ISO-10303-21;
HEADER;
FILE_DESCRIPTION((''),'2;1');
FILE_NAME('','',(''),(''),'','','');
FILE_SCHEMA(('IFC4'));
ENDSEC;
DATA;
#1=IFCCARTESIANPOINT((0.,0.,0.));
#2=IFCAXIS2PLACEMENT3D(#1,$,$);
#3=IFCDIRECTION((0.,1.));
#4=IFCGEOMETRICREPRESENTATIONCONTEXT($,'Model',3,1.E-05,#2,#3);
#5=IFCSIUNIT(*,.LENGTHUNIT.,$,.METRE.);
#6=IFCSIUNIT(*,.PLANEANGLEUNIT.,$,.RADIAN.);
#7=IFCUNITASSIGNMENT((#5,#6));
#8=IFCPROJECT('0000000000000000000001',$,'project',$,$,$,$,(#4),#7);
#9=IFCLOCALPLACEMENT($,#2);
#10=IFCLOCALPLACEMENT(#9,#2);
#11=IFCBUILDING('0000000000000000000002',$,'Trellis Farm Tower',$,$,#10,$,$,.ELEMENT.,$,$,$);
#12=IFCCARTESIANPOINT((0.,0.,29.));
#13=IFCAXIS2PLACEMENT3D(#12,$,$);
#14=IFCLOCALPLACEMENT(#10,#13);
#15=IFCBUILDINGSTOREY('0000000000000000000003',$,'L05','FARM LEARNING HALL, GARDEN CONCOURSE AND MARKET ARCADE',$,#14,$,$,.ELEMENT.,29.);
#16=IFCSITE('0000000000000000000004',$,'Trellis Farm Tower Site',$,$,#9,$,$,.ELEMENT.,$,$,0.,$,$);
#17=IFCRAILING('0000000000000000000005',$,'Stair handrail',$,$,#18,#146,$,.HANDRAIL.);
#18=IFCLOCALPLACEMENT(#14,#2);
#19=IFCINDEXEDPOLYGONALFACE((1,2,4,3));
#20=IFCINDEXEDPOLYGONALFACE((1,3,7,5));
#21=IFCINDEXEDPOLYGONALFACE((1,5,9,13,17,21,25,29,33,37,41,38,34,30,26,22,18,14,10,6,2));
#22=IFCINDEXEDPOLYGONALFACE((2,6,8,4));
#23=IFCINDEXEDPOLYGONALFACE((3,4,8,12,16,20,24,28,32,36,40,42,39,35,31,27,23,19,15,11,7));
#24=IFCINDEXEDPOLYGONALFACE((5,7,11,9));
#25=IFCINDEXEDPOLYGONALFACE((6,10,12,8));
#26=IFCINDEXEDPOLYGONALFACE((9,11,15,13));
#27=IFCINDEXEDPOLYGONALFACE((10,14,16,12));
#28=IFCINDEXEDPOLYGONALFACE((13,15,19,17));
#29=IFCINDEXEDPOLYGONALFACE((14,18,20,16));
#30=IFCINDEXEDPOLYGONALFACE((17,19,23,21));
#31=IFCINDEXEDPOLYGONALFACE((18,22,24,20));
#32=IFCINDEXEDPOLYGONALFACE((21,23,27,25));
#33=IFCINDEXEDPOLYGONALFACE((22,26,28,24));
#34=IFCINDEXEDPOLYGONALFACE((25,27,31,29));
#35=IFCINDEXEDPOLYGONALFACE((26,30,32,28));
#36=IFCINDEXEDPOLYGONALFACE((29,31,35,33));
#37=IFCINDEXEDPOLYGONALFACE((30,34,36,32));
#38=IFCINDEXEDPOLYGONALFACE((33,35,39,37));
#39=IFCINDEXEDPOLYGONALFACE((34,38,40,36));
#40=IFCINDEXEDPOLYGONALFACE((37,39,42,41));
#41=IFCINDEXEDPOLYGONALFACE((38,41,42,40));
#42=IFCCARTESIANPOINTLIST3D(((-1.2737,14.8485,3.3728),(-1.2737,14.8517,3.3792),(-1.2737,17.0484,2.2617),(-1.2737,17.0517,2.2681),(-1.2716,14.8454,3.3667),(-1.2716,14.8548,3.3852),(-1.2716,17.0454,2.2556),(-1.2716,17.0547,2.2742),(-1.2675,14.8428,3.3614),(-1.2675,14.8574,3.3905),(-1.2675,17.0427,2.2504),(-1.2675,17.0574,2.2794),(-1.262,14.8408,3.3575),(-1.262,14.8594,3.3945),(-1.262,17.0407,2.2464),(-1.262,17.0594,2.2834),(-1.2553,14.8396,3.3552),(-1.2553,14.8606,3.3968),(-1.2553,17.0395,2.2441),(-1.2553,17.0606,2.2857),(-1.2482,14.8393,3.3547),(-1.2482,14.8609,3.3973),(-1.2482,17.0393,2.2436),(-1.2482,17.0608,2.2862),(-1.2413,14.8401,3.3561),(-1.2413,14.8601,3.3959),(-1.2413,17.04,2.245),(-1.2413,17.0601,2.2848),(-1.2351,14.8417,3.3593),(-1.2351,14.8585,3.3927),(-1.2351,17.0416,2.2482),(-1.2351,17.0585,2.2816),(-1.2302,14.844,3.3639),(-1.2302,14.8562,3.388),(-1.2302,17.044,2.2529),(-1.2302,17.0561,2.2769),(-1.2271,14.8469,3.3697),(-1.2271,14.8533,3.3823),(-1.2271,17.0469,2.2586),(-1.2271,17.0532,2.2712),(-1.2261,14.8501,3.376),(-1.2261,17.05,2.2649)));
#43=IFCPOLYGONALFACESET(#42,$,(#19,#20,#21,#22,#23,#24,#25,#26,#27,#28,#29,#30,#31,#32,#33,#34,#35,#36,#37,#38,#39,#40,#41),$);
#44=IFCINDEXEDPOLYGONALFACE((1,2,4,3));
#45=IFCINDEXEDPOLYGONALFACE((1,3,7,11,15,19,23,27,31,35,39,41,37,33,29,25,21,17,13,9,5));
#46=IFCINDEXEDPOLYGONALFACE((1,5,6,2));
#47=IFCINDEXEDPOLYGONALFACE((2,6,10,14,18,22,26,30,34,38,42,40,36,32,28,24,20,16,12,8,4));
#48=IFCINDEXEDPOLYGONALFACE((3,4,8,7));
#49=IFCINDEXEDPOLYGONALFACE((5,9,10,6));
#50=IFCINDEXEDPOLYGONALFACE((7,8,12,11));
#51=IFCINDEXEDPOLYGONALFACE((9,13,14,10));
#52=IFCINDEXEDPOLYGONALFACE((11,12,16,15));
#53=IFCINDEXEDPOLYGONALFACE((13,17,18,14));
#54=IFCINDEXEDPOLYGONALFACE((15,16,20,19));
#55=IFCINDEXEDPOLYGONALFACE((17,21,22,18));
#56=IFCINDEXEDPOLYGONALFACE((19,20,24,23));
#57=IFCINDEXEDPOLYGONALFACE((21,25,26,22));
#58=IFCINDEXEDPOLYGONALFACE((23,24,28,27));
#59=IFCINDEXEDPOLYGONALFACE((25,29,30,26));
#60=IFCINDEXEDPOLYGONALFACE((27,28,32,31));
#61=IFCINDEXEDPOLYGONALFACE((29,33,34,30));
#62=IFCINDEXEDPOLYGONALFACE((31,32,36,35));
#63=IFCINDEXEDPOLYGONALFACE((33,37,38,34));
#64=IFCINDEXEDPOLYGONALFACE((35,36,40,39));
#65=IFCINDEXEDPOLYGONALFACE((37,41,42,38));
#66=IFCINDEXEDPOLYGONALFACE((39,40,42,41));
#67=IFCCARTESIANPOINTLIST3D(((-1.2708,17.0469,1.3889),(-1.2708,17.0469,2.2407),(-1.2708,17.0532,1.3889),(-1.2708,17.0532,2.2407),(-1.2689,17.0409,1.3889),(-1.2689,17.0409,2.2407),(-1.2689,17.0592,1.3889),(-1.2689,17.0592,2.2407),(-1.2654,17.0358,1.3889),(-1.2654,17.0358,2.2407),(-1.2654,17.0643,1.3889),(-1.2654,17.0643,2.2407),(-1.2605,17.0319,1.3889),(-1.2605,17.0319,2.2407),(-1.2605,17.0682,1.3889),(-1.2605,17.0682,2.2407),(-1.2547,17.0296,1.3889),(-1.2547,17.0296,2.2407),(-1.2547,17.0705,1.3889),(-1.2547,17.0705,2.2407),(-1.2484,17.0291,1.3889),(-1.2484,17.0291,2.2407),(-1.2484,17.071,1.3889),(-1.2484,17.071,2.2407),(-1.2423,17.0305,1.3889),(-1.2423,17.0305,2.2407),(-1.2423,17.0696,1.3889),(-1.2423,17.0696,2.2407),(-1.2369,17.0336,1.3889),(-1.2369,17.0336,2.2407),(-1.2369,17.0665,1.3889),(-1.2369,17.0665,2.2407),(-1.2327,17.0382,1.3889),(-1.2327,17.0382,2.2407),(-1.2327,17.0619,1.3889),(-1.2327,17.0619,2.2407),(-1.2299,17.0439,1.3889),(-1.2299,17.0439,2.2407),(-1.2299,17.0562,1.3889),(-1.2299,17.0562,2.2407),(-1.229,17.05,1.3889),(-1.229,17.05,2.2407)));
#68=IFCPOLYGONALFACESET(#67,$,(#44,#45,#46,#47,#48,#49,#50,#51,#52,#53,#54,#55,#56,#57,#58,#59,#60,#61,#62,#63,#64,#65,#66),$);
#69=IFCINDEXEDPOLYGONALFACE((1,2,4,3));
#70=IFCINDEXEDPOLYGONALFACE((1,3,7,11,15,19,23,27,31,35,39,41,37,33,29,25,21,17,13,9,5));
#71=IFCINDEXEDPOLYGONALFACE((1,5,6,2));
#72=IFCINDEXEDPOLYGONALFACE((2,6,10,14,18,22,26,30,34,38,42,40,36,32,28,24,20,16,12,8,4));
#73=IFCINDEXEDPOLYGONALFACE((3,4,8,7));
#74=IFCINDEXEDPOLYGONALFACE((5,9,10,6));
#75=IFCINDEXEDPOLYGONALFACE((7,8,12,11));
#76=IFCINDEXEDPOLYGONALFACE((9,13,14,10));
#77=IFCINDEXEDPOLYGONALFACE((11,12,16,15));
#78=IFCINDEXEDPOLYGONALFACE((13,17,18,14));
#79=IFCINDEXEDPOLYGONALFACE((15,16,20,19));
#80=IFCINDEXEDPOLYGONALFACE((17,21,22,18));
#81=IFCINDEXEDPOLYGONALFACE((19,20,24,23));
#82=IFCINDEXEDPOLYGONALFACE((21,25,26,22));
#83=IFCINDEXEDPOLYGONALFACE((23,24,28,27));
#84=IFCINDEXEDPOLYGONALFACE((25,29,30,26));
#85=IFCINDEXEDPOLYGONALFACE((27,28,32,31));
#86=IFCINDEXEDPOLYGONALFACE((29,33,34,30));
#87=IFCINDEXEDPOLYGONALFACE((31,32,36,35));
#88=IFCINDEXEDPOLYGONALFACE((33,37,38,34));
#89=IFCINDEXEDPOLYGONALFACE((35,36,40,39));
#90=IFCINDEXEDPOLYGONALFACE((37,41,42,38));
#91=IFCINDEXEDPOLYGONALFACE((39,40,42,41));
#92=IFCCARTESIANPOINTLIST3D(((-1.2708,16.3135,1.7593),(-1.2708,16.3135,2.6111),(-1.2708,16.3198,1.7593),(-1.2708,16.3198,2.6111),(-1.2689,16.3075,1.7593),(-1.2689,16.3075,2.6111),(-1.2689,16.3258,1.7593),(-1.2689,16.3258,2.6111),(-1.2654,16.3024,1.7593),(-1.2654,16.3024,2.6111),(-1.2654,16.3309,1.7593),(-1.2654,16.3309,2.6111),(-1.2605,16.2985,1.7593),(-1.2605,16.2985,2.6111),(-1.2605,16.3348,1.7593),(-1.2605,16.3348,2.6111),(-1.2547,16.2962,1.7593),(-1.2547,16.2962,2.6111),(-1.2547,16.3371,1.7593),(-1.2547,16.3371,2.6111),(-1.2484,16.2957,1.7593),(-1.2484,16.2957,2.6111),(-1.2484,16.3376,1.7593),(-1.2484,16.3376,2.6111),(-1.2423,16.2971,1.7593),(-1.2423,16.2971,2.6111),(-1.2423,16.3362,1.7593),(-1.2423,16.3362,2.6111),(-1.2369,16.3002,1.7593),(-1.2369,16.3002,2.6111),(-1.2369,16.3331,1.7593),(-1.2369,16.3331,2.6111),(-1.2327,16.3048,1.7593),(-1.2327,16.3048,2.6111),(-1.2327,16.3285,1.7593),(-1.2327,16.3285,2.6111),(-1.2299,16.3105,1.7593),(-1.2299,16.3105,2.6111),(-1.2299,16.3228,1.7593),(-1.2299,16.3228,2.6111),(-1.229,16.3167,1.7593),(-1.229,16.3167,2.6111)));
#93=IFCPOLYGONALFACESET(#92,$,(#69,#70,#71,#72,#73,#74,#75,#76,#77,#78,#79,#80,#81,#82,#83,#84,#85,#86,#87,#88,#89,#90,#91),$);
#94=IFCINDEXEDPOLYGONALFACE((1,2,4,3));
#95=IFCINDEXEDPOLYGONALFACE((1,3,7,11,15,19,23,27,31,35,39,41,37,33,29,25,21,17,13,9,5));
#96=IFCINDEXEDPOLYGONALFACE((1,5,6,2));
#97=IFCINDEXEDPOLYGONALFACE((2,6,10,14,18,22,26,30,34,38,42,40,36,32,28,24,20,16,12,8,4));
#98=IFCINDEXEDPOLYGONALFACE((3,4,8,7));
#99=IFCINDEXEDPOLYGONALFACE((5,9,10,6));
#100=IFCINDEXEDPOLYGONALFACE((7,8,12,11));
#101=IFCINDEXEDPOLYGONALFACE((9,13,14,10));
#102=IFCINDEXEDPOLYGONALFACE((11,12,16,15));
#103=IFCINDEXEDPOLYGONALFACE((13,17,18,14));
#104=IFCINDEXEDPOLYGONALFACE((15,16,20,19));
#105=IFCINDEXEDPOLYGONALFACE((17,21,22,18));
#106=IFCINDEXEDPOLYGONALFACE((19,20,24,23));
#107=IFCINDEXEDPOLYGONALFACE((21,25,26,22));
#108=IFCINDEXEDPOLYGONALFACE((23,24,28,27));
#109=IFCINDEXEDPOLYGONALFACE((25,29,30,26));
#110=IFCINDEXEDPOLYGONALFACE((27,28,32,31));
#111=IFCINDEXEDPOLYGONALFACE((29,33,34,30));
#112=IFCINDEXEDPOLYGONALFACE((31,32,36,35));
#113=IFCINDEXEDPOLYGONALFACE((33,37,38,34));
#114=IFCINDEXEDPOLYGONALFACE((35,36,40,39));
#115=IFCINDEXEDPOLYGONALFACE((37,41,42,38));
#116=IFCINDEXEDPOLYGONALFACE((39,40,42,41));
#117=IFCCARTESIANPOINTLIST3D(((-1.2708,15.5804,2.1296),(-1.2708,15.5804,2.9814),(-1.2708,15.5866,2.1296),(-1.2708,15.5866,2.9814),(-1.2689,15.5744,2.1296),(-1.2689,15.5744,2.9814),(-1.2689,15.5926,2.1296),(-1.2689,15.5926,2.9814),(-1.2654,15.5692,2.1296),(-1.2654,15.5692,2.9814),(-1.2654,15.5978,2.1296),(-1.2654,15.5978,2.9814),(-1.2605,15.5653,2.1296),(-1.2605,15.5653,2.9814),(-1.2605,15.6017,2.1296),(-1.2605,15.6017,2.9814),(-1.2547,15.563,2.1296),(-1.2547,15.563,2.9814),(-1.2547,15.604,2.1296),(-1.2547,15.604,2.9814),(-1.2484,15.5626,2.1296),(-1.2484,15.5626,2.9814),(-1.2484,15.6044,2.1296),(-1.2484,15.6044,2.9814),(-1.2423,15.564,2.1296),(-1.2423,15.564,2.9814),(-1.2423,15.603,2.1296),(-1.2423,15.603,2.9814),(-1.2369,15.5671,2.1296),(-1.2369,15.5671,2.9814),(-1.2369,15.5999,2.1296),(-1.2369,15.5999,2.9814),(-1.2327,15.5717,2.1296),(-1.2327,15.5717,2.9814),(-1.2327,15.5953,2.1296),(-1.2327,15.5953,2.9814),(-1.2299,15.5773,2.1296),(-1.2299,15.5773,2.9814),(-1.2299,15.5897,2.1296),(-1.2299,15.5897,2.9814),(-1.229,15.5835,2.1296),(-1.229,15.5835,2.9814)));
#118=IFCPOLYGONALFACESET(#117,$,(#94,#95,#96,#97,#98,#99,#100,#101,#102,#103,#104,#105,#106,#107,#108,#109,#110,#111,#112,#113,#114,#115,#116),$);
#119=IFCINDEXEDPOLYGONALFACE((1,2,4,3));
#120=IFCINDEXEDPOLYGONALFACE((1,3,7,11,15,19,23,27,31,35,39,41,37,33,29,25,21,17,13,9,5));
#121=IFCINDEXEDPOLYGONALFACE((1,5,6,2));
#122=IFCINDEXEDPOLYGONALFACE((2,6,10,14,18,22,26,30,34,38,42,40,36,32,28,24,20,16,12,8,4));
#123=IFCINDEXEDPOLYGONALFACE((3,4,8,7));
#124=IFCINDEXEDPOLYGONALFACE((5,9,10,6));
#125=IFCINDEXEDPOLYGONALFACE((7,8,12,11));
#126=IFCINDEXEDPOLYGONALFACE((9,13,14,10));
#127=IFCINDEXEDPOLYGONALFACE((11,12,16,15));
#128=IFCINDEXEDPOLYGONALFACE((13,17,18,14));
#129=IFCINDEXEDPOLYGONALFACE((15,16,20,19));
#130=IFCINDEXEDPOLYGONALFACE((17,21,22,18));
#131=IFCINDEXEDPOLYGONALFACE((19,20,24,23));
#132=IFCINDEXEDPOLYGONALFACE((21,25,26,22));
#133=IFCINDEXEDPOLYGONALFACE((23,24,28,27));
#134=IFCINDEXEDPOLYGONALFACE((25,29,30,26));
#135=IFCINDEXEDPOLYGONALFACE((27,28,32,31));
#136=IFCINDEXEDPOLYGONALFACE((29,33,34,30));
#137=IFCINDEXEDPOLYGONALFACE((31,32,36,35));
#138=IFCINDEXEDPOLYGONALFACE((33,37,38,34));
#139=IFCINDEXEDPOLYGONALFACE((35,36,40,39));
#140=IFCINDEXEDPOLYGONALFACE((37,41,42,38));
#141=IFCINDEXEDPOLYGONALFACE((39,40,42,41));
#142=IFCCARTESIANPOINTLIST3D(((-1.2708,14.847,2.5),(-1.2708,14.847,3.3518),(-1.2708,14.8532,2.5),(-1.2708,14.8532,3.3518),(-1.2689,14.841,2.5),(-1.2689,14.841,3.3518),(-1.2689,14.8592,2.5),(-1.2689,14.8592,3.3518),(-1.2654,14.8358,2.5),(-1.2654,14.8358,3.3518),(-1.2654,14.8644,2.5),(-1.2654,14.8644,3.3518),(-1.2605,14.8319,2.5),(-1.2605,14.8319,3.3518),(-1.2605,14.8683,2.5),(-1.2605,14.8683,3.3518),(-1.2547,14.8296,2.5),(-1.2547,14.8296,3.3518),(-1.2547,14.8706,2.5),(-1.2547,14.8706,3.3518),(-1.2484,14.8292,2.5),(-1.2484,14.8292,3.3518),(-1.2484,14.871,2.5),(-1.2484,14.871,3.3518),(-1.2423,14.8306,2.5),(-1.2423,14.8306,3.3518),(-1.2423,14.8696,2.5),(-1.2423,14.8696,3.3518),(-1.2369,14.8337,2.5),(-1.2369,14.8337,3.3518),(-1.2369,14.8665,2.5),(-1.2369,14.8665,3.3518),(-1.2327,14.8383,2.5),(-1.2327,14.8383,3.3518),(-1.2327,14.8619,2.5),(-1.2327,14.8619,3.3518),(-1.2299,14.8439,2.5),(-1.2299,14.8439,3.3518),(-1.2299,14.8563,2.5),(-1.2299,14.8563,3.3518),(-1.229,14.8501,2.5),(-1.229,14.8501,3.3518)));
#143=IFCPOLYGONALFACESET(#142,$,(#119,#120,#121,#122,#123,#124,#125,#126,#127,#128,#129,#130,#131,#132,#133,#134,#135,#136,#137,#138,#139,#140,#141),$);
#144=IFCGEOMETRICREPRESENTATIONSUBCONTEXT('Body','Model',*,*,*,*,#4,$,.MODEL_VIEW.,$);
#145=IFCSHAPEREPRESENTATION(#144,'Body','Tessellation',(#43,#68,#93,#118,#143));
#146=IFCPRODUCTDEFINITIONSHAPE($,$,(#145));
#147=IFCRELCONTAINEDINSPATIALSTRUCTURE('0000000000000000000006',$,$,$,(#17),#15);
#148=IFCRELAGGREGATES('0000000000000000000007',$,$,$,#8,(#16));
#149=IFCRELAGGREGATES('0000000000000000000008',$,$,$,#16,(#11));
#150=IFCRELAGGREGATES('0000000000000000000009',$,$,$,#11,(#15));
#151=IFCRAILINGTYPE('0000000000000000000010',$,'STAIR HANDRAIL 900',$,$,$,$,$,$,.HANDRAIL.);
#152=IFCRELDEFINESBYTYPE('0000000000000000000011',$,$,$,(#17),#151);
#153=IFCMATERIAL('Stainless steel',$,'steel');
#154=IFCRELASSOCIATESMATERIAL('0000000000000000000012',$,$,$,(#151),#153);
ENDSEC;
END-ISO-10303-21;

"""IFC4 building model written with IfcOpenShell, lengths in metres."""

from ifc_helpers import new_model, si_unit, direction, frame, origin, origin_2d, place, context, subcontext, project, spatial, circle, extrude, source, transform, mapped, material, type_object, element, save


model = new_model("IFC4")

# Units and contexts
model_context = context("Model", 3, precision=1e-05, world=origin(), true_north=direction((0.0, 1.0)))
body_context = subcontext(model_context, "Body", "Model", "MODEL_VIEW")
ifc_project = project(units=[si_unit("LENGTHUNIT", "METRE"), si_unit("PLANEANGLEUNIT", "RADIAN")], contexts=[model_context])

# Site, building, storey
site_placement = place(None, origin())
site = spatial("IfcSite", under=ifc_project, at=site_placement, Name="Trellis Farm Tower Site", CompositionType="ELEMENT", RefElevation=0.0)
building_placement = place(site_placement, origin())
building = spatial("IfcBuilding", under=site, at=building_placement, Name="Trellis Farm Tower", CompositionType="ELEMENT")
storey_placement = place(building_placement, frame((0.0, 0.0, 29.0)))
storey = spatial("IfcBuildingStorey", under=building, at=storey_placement, Name="L05", Description="FARM LEARNING HALL, GARDEN CONCOURSE AND MARKET ARCADE", CompositionType="ELEMENT", Elevation=29.0)

# Railing
ifc_material_1 = material(Name="Stainless steel", Category="steel")
railing_type = type_object("IfcRailingType", Name="STAIR HANDRAIL 900", PredefinedType="HANDRAIL", material=ifc_material_1)
shared_shape_1 = source(origin(), body_context, "Body", "SweptSolid", [
    extrude(circle(Radius=0.0239, at=origin_2d()), frame((0.0, 0.0, 0.876), z_axis=(0.0, -0.892617, 0.450816), x_axis=(1.0, 0.0, 0.0)), (0.0, 0.0, 1.0), 2.4646),
    extrude(circle(Radius=0.021, at=origin_2d()), origin(), (0.0, 0.0, 1.0), 0.8518),
    extrude(circle(Radius=0.021, at=origin_2d()), frame((0.0, -0.7334, 0.3704)), (0.0, 0.0, 1.0), 0.8518),
    extrude(circle(Radius=0.021, at=origin_2d()), frame((0.0, -1.4666, 0.7407)), (0.0, 0.0, 1.0), 0.8518),
    extrude(circle(Radius=0.021, at=origin_2d()), frame((0.0, -2.2, 1.1111)), (0.0, 0.0, 1.0), 0.8518),
])
for number, where, name in (
    (1, (-1.25, 17.05, 1.3889), "Stair handrail"),
):
    element("IfcRailing", number, at=place(storey_placement, frame(where)), inside=storey, type_object=railing_type, Name=name, PredefinedType="HANDRAIL", context=body_context, shape_type="MappedRepresentation", body=[
        mapped(shared_shape_1, transform((0.0, 0.0, 0.0))),
    ])

save(model, "model.ifc")
